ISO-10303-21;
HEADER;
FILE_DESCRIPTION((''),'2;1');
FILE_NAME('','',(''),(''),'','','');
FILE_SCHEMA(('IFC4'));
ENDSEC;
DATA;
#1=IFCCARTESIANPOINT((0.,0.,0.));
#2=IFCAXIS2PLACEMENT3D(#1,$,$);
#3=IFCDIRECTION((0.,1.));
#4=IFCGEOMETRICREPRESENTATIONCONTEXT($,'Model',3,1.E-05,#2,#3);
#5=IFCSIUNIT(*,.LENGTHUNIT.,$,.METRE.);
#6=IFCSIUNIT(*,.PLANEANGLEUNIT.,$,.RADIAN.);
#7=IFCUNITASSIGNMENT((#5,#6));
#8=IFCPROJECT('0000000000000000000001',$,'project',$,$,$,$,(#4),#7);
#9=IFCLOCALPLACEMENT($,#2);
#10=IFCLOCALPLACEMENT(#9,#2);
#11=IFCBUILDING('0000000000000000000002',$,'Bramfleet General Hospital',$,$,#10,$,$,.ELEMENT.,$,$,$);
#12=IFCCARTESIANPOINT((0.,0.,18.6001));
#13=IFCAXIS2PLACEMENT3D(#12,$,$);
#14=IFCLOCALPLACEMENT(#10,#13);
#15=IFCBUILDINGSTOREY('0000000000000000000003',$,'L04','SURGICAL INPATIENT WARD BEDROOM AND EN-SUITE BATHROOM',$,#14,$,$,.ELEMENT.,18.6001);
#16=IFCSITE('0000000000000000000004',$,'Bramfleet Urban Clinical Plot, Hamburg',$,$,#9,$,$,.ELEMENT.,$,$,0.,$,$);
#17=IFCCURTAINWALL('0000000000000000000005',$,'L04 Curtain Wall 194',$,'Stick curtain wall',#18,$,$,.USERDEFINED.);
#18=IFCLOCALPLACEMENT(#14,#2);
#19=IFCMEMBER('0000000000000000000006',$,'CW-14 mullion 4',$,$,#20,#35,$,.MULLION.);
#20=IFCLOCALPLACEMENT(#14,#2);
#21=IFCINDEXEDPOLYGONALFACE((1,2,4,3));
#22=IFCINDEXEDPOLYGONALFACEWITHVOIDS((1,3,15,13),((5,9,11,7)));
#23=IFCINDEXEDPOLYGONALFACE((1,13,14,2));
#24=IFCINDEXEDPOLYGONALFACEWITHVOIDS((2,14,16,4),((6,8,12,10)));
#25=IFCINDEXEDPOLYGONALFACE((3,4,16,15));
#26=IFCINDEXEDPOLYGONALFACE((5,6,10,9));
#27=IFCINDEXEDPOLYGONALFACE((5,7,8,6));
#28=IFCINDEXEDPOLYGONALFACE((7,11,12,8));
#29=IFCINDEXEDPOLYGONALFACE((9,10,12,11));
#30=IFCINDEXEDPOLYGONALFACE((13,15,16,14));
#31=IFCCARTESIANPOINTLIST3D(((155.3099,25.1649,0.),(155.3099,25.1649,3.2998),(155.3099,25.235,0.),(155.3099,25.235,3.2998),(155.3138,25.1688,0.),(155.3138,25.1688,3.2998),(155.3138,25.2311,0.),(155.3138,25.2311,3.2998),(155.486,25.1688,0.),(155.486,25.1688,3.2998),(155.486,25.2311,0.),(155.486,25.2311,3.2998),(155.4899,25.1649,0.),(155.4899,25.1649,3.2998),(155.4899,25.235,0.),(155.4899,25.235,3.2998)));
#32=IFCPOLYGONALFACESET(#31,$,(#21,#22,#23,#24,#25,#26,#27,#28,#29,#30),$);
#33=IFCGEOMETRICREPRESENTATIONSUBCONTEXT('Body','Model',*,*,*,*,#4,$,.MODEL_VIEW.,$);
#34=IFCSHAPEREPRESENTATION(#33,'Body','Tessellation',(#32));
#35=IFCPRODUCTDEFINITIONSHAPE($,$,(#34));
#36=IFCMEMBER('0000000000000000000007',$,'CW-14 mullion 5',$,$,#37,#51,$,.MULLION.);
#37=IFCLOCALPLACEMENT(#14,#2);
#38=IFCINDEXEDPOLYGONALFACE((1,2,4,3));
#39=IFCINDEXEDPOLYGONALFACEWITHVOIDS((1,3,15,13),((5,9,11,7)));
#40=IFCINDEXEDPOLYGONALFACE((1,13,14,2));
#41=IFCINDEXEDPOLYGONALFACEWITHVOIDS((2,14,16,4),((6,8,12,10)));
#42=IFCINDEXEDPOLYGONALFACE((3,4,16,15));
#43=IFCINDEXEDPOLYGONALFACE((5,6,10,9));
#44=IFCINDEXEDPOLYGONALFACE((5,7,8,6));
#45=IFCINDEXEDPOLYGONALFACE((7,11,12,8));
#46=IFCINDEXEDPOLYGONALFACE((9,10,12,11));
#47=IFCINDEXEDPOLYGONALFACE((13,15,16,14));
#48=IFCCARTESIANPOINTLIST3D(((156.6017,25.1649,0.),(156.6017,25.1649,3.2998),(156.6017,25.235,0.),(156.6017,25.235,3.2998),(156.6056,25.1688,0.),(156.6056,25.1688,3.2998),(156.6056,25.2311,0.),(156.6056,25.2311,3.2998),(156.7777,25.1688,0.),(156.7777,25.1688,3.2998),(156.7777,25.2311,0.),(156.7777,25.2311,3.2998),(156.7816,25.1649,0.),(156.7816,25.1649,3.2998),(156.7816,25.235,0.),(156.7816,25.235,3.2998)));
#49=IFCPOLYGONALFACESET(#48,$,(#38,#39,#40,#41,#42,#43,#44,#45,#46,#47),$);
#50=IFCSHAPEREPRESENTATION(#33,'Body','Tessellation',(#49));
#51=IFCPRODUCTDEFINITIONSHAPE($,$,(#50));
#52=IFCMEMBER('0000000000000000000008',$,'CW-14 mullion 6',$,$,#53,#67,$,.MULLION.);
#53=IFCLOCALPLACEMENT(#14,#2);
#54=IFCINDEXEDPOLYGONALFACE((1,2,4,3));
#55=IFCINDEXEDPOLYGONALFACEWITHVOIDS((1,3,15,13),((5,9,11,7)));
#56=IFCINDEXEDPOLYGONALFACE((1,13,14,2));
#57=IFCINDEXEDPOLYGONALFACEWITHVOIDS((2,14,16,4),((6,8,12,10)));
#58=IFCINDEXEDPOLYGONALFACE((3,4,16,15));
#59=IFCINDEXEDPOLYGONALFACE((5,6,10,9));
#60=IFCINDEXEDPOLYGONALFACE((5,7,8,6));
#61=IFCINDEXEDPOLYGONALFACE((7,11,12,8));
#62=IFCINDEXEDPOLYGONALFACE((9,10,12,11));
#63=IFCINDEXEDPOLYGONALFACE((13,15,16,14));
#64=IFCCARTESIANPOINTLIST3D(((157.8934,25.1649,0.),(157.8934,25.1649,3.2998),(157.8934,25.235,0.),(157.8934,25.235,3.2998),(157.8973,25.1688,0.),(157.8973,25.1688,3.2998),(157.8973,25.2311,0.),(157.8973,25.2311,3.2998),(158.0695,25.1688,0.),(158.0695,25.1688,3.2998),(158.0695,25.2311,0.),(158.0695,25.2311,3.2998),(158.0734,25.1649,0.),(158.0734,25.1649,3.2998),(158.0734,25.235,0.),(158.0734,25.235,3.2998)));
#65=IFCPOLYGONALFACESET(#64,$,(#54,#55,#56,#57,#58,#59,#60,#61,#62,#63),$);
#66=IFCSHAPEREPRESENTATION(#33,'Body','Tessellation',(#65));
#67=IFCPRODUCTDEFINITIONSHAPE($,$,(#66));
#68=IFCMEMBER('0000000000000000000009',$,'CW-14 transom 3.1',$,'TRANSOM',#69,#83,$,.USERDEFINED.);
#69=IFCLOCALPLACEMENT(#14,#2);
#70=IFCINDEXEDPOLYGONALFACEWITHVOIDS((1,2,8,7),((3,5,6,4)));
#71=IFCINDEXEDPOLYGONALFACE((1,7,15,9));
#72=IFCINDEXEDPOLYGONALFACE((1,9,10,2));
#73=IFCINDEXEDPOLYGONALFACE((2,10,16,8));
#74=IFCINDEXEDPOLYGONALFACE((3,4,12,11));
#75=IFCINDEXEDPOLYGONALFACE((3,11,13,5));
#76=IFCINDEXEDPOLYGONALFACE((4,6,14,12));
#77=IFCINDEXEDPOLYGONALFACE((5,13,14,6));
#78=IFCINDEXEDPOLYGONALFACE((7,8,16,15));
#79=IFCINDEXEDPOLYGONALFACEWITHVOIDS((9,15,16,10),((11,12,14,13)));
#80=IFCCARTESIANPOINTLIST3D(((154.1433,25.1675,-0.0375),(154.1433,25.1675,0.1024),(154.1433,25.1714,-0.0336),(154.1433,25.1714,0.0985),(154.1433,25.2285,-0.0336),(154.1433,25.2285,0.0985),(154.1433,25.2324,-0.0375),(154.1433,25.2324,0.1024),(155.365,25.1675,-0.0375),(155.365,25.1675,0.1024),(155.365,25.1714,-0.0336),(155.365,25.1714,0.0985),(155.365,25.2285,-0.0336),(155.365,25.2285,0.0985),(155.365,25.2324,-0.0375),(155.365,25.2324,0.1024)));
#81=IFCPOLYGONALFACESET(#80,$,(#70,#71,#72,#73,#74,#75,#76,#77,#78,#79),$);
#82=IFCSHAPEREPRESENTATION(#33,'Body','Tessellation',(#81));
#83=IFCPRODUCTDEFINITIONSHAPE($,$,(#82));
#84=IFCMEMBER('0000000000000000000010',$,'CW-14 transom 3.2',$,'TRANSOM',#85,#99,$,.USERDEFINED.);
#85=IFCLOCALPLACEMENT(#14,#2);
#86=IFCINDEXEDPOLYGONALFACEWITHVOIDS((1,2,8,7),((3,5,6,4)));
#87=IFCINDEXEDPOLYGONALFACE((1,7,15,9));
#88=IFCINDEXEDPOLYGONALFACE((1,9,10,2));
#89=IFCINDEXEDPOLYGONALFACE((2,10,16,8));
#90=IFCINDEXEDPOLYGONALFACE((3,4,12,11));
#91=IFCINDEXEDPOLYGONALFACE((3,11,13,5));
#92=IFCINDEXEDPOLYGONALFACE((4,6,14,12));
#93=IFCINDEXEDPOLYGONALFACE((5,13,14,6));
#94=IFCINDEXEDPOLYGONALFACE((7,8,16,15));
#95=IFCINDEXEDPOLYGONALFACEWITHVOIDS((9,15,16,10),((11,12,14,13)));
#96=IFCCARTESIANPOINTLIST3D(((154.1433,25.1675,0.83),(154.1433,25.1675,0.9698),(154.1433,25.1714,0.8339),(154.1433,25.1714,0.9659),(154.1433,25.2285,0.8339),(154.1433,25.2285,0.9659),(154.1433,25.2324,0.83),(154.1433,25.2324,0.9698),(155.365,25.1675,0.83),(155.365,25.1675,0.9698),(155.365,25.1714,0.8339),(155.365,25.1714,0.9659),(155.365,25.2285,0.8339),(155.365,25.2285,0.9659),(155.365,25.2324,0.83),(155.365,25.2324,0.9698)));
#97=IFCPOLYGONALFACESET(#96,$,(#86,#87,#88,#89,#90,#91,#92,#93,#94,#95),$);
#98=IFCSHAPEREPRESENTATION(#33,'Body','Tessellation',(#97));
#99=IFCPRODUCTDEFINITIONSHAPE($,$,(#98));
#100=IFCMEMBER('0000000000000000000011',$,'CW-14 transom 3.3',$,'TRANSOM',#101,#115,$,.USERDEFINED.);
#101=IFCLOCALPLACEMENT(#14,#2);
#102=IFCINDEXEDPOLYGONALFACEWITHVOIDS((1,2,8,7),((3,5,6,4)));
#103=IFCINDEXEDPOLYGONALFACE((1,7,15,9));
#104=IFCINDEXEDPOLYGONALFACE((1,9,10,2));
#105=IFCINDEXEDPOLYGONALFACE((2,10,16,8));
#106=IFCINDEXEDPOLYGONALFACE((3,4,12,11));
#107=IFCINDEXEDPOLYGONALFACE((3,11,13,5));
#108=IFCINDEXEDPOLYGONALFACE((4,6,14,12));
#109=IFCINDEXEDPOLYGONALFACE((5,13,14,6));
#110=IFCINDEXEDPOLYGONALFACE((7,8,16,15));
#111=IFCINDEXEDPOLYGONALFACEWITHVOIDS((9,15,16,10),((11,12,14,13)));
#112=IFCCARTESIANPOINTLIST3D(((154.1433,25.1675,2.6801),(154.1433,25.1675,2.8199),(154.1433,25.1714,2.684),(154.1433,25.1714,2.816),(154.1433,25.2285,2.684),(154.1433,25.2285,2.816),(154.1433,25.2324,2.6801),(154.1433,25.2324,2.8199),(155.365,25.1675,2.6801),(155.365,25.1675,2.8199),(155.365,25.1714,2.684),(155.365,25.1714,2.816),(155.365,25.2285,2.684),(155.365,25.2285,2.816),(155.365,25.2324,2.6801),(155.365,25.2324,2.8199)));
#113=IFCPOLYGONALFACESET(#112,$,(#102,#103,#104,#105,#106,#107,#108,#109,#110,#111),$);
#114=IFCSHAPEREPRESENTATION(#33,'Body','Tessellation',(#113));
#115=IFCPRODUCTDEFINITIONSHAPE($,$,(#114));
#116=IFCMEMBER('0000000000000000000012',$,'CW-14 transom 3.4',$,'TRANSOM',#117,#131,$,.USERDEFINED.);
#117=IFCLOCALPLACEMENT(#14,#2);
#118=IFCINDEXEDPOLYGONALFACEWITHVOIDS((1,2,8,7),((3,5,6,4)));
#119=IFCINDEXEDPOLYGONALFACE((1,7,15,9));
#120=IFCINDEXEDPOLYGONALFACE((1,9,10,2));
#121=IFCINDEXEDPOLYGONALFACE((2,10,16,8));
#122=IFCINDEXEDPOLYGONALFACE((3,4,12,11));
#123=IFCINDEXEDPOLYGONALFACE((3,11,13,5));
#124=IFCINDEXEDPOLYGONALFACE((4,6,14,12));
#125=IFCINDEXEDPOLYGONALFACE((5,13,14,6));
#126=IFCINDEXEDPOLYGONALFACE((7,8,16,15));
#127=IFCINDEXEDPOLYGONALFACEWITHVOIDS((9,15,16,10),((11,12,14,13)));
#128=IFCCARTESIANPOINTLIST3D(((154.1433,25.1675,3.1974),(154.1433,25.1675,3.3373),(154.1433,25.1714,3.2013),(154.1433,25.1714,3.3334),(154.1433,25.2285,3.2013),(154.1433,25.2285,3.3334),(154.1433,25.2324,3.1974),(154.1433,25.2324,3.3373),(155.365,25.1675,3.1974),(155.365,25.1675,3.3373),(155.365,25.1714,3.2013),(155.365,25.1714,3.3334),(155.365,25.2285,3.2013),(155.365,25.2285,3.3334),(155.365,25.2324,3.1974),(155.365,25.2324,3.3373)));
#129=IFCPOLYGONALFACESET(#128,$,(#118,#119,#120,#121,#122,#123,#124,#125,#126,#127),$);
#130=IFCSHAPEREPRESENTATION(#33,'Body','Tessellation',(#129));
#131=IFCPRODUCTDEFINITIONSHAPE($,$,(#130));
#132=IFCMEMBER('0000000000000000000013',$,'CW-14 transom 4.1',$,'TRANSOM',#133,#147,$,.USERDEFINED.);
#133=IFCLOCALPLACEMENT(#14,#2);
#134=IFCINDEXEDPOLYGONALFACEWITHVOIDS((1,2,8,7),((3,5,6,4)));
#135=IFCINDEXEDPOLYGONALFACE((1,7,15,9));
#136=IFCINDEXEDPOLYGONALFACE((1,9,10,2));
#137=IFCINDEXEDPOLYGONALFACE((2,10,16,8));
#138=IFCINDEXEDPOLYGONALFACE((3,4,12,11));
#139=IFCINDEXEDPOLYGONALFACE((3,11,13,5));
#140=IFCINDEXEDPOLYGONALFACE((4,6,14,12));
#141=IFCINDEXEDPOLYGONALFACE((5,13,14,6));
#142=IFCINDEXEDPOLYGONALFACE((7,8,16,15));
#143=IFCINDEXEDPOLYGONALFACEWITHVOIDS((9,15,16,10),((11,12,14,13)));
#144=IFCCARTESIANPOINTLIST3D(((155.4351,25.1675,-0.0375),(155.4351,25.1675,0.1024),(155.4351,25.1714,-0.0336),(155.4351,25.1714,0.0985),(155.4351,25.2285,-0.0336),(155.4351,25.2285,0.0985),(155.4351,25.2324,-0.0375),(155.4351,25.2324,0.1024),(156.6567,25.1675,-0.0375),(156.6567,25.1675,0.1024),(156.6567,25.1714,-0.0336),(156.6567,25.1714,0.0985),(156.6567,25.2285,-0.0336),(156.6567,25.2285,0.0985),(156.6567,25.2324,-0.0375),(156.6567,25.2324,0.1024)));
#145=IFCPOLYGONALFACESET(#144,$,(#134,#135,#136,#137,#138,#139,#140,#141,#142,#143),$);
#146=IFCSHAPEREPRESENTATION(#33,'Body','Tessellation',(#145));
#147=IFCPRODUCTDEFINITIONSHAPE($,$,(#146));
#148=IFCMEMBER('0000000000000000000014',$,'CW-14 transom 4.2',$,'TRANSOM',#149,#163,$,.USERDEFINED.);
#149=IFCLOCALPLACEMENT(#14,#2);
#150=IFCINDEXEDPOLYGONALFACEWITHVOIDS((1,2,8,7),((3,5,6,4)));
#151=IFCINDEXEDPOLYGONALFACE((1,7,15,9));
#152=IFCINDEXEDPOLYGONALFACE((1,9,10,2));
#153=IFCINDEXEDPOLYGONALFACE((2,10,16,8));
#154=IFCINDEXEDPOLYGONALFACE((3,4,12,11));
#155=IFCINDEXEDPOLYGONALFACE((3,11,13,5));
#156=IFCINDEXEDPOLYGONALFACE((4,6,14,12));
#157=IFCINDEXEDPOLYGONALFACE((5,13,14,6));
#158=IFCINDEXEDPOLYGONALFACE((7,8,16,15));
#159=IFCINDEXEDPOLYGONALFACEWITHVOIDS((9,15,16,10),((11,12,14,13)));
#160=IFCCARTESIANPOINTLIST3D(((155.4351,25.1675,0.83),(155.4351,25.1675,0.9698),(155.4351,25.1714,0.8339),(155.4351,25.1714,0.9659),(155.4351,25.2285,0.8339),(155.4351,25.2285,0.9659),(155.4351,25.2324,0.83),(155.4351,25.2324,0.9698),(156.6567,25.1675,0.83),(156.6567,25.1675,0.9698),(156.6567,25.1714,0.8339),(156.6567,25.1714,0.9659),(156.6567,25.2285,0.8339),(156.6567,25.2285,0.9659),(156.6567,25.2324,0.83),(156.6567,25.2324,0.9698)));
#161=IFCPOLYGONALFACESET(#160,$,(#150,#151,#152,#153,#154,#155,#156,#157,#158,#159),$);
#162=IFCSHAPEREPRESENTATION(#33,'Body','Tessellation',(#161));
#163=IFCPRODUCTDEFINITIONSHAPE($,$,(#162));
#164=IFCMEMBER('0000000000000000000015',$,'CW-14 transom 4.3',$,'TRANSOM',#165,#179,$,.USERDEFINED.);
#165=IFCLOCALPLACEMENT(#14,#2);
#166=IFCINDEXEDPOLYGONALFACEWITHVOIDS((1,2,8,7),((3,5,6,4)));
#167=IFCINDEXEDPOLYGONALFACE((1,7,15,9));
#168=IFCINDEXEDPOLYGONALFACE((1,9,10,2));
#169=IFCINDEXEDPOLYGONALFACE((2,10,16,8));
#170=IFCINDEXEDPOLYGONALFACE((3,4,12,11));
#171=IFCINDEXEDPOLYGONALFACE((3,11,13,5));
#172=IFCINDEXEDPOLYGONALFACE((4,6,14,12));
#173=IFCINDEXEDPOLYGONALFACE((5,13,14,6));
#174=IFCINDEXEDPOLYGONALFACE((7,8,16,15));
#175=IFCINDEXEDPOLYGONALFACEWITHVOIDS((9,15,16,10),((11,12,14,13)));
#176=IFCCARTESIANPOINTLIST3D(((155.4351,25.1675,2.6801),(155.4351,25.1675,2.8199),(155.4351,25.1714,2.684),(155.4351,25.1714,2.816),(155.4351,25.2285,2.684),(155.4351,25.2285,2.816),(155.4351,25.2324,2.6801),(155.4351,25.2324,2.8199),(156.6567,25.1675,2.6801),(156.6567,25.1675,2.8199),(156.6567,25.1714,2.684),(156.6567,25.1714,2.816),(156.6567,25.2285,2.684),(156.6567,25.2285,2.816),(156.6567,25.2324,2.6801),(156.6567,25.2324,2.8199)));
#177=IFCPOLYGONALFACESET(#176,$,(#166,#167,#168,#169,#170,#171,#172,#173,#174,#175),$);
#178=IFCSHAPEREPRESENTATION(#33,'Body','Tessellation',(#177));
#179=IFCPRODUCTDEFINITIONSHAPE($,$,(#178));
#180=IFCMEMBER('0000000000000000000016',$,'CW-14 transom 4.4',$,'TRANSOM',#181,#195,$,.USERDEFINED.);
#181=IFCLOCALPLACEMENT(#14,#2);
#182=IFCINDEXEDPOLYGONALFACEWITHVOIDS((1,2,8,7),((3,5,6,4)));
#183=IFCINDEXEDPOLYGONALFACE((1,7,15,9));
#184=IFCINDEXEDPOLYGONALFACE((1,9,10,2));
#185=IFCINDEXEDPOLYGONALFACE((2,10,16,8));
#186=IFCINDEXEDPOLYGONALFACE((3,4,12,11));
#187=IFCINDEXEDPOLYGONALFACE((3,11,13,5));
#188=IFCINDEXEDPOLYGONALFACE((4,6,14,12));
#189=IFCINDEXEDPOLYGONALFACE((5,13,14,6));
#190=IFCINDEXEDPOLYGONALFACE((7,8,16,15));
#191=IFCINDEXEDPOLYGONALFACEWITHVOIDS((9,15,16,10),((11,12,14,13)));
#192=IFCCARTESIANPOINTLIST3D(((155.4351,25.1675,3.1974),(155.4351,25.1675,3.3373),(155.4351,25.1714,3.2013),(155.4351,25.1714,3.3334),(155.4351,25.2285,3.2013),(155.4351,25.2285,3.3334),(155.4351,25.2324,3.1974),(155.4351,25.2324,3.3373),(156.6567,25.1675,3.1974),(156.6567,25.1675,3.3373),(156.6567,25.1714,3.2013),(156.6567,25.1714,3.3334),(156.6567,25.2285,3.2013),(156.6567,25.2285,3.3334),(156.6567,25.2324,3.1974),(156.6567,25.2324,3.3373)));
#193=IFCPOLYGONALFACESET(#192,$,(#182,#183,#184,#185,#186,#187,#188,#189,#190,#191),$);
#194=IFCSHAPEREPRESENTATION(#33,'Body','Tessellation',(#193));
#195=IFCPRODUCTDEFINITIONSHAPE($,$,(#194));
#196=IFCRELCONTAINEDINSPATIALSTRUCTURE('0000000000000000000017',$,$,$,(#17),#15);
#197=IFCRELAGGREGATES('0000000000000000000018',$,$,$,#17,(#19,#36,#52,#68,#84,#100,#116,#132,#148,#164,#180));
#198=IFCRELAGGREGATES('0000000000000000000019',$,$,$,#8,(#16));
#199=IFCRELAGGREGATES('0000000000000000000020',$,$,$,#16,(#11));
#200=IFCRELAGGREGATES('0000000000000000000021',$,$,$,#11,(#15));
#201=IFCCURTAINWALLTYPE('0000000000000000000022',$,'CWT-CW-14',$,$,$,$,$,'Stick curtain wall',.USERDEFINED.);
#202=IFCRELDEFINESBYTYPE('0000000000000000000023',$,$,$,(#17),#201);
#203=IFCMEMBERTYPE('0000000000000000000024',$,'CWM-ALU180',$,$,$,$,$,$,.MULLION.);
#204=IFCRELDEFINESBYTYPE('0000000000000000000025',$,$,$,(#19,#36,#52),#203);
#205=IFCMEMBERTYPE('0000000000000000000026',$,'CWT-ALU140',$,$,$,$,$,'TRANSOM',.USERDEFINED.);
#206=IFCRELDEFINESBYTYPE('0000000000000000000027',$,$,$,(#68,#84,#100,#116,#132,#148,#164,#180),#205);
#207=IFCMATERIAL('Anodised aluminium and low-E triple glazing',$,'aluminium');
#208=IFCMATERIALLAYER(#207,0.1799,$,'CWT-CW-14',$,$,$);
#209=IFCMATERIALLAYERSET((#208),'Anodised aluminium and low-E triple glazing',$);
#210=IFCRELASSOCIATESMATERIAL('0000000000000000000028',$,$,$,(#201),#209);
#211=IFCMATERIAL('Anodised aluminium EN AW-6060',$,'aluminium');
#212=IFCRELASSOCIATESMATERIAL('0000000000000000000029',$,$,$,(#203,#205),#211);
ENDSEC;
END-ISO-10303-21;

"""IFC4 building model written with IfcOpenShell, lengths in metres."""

from ifc_helpers import new_model, si_unit, direction, frame, origin, origin_2d, place, context, subcontext, project, spatial, hollow_rectangle, extrude, material, layer, layer_set, material_profile, profile_set, type_object, element, aggregate, save


model = new_model("IFC4")

# Units and contexts
model_context = context("Model", 3, precision=1e-05, world=origin(), true_north=direction((0.0, 1.0)))
body_context = subcontext(model_context, "Body", "Model", "MODEL_VIEW")
ifc_project = project(units=[si_unit("LENGTHUNIT", "METRE"), si_unit("PLANEANGLEUNIT", "RADIAN")], contexts=[model_context])

# Site, building, storey
site_placement = place(None, origin())
site = spatial("IfcSite", under=ifc_project, at=site_placement, Name="Bramfleet Urban Clinical Plot, Hamburg", CompositionType="ELEMENT", RefElevation=0.0)
building_placement = place(site_placement, origin())
building = spatial("IfcBuilding", under=site, at=building_placement, Name="Bramfleet General Hospital", CompositionType="ELEMENT")
storey_placement = place(building_placement, frame((0.0, 0.0, 18.6001)))
storey = spatial("IfcBuildingStorey", under=building, at=storey_placement, Name="L04", Description="SURGICAL INPATIENT WARD BEDROOM AND EN-SUITE BATHROOM", CompositionType="ELEMENT", Elevation=18.6001)

# Curtain wall, members
ifc_material_1 = material(Name="Anodised aluminium and low-E triple glazing", Category="aluminium")
ifc_layer_1 = layer(ifc_material_1, 0.1799, Name="CWT-CW-14")
ifc_layer_set_1 = layer_set([ifc_layer_1], Name="Anodised aluminium and low-E triple glazing")
curtain_wall_type = type_object("IfcCurtainWallType", Name="CWT-CW-14", ElementType="Stick curtain wall", PredefinedType="USERDEFINED", material=ifc_layer_set_1)
curtain_wall_placement = place(storey_placement, origin())
curtain_wall = element("IfcCurtainWall", 1, at=curtain_wall_placement, inside=storey, type_object=curtain_wall_type, Name="L04 Curtain Wall 194", ObjectType="Stick curtain wall", PredefinedType="USERDEFINED")
ifc_material_2 = material(Name="Anodised aluminium EN AW-6060", Category="aluminium")
ifc_material_profile_1 = material_profile(ifc_material_2, hollow_rectangle(XDim=0.0701, YDim=0.1799, WallThickness=0.0039, at=origin_2d()), Name="ALU 180x70x4.0")
ifc_profile_set_1 = profile_set([ifc_material_profile_1], Name="Anodised aluminium EN AW-6060")
member_type_1 = type_object("IfcMemberType", Name="CWM-ALU180", PredefinedType="MULLION", material=ifc_profile_set_1)
member_1_placement = place(storey_placement, frame((155.3999, 25.2, 0.0), z_axis=(0.0, 0.0, 1.0), x_axis=(0.0, 1.0, 0.0)))
member_1 = element("IfcMember", 2, at=member_1_placement, type_object=member_type_1, Name="CW-14 mullion 4", PredefinedType="MULLION", context=body_context, shape_type="SweptSolid", body=[
    extrude(hollow_rectangle(XDim=0.0701, YDim=0.1799, WallThickness=0.0039, at=origin_2d()), origin(), (0.0, 0.0, 1.0), 3.2998),
])
member_2_placement = place(storey_placement, frame((156.6917, 25.2, 0.0), z_axis=(0.0, 0.0, 1.0), x_axis=(0.0, 1.0, 0.0)))
member_2 = element("IfcMember", 3, at=member_2_placement, type_object=member_type_1, Name="CW-14 mullion 5", PredefinedType="MULLION", context=body_context, shape_type="SweptSolid", body=[
    extrude(hollow_rectangle(XDim=0.0701, YDim=0.1799, WallThickness=0.0039, at=origin_2d()), origin(), (0.0, 0.0, 1.0), 3.2998),
])
member_3_placement = place(storey_placement, frame((157.9834, 25.2, 0.0), z_axis=(0.0, 0.0, 1.0), x_axis=(0.0, 1.0, 0.0)))
member_3 = element("IfcMember", 4, at=member_3_placement, type_object=member_type_1, Name="CW-14 mullion 6", PredefinedType="MULLION", context=body_context, shape_type="SweptSolid", body=[
    extrude(hollow_rectangle(XDim=0.0701, YDim=0.1799, WallThickness=0.0039, at=origin_2d()), origin(), (0.0, 0.0, 1.0), 3.2998),
])
ifc_material_profile_2 = material_profile(ifc_material_2, hollow_rectangle(XDim=0.0649, YDim=0.1399, WallThickness=0.0039, at=origin_2d()), Name="ALU 140x65x4.0")
ifc_profile_set_2 = profile_set([ifc_material_profile_2], Name="Anodised aluminium EN AW-6060")
member_type_2 = type_object("IfcMemberType", Name="CWT-ALU140", ElementType="TRANSOM", PredefinedType="USERDEFINED", material=ifc_profile_set_2)
member_4_placement = place(storey_placement, frame((154.1433, 25.2, 0.0325), z_axis=(1.0, 0.0, 0.0), x_axis=(0.0, 1.0, 0.0)))
member_4 = element("IfcMember", 5, at=member_4_placement, type_object=member_type_2, Name="CW-14 transom 3.1", ObjectType="TRANSOM", PredefinedType="USERDEFINED", context=body_context, shape_type="SweptSolid", body=[
    extrude(hollow_rectangle(XDim=0.0649, YDim=0.1399, WallThickness=0.0039, at=origin_2d()), origin(), (0.0, 0.0, 1.0), 1.2217),
])
member_5_placement = place(storey_placement, frame((154.1433, 25.2, 0.8999), z_axis=(1.0, 0.0, 0.0), x_axis=(0.0, 1.0, 0.0)))
member_5 = element("IfcMember", 6, at=member_5_placement, type_object=member_type_2, Name="CW-14 transom 3.2", ObjectType="TRANSOM", PredefinedType="USERDEFINED", context=body_context, shape_type="SweptSolid", body=[
    extrude(hollow_rectangle(XDim=0.0649, YDim=0.1399, WallThickness=0.0039, at=origin_2d()), origin(), (0.0, 0.0, 1.0), 1.2217),
])
member_6_placement = place(storey_placement, frame((154.1433, 25.2, 2.75), z_axis=(1.0, 0.0, 0.0), x_axis=(0.0, 1.0, 0.0)))
member_6 = element("IfcMember", 7, at=member_6_placement, type_object=member_type_2, Name="CW-14 transom 3.3", ObjectType="TRANSOM", PredefinedType="USERDEFINED", context=body_context, shape_type="SweptSolid", body=[
    extrude(hollow_rectangle(XDim=0.0649, YDim=0.1399, WallThickness=0.0039, at=origin_2d()), origin(), (0.0, 0.0, 1.0), 1.2217),
])
member_7_placement = place(storey_placement, frame((154.1433, 25.2, 3.2673), z_axis=(1.0, 0.0, 0.0), x_axis=(0.0, 1.0, 0.0)))
member_7 = element("IfcMember", 8, at=member_7_placement, type_object=member_type_2, Name="CW-14 transom 3.4", ObjectType="TRANSOM", PredefinedType="USERDEFINED", context=body_context, shape_type="SweptSolid", body=[
    extrude(hollow_rectangle(XDim=0.0649, YDim=0.1399, WallThickness=0.0039, at=origin_2d()), origin(), (0.0, 0.0, 1.0), 1.2217),
])
member_8_placement = place(storey_placement, frame((155.4351, 25.2, 0.0325), z_axis=(1.0, 0.0, 0.0), x_axis=(0.0, 1.0, 0.0)))
member_8 = element("IfcMember", 9, at=member_8_placement, type_object=member_type_2, Name="CW-14 transom 4.1", ObjectType="TRANSOM", PredefinedType="USERDEFINED", context=body_context, shape_type="SweptSolid", body=[
    extrude(hollow_rectangle(XDim=0.0649, YDim=0.1399, WallThickness=0.0039, at=origin_2d()), origin(), (0.0, 0.0, 1.0), 1.2217),
])
member_9_placement = place(storey_placement, frame((155.4351, 25.2, 0.8999), z_axis=(1.0, 0.0, 0.0), x_axis=(0.0, 1.0, 0.0)))
member_9 = element("IfcMember", 10, at=member_9_placement, type_object=member_type_2, Name="CW-14 transom 4.2", ObjectType="TRANSOM", PredefinedType="USERDEFINED", context=body_context, shape_type="SweptSolid", body=[
    extrude(hollow_rectangle(XDim=0.0649, YDim=0.1399, WallThickness=0.0039, at=origin_2d()), origin(), (0.0, 0.0, 1.0), 1.2217),
])
member_10_placement = place(storey_placement, frame((155.4351, 25.2, 2.75), z_axis=(1.0, 0.0, 0.0), x_axis=(0.0, 1.0, 0.0)))
member_10 = element("IfcMember", 11, at=member_10_placement, type_object=member_type_2, Name="CW-14 transom 4.3", ObjectType="TRANSOM", PredefinedType="USERDEFINED", context=body_context, shape_type="SweptSolid", body=[
    extrude(hollow_rectangle(XDim=0.0649, YDim=0.1399, WallThickness=0.0039, at=origin_2d()), origin(), (0.0, 0.0, 1.0), 1.2217),
])
member_11_placement = place(storey_placement, frame((155.4351, 25.2, 3.2673), z_axis=(1.0, 0.0, 0.0), x_axis=(0.0, 1.0, 0.0)))
member_11 = element("IfcMember", 12, at=member_11_placement, type_object=member_type_2, Name="CW-14 transom 4.4", ObjectType="TRANSOM", PredefinedType="USERDEFINED", context=body_context, shape_type="SweptSolid", body=[
    extrude(hollow_rectangle(XDim=0.0649, YDim=0.1399, WallThickness=0.0039, at=origin_2d()), origin(), (0.0, 0.0, 1.0), 1.2217),
])
aggregate(curtain_wall, [member_1, member_2, member_3, member_4, member_5, member_6, member_7, member_8, member_9, member_10, member_11])

save(model, "model.ifc")
